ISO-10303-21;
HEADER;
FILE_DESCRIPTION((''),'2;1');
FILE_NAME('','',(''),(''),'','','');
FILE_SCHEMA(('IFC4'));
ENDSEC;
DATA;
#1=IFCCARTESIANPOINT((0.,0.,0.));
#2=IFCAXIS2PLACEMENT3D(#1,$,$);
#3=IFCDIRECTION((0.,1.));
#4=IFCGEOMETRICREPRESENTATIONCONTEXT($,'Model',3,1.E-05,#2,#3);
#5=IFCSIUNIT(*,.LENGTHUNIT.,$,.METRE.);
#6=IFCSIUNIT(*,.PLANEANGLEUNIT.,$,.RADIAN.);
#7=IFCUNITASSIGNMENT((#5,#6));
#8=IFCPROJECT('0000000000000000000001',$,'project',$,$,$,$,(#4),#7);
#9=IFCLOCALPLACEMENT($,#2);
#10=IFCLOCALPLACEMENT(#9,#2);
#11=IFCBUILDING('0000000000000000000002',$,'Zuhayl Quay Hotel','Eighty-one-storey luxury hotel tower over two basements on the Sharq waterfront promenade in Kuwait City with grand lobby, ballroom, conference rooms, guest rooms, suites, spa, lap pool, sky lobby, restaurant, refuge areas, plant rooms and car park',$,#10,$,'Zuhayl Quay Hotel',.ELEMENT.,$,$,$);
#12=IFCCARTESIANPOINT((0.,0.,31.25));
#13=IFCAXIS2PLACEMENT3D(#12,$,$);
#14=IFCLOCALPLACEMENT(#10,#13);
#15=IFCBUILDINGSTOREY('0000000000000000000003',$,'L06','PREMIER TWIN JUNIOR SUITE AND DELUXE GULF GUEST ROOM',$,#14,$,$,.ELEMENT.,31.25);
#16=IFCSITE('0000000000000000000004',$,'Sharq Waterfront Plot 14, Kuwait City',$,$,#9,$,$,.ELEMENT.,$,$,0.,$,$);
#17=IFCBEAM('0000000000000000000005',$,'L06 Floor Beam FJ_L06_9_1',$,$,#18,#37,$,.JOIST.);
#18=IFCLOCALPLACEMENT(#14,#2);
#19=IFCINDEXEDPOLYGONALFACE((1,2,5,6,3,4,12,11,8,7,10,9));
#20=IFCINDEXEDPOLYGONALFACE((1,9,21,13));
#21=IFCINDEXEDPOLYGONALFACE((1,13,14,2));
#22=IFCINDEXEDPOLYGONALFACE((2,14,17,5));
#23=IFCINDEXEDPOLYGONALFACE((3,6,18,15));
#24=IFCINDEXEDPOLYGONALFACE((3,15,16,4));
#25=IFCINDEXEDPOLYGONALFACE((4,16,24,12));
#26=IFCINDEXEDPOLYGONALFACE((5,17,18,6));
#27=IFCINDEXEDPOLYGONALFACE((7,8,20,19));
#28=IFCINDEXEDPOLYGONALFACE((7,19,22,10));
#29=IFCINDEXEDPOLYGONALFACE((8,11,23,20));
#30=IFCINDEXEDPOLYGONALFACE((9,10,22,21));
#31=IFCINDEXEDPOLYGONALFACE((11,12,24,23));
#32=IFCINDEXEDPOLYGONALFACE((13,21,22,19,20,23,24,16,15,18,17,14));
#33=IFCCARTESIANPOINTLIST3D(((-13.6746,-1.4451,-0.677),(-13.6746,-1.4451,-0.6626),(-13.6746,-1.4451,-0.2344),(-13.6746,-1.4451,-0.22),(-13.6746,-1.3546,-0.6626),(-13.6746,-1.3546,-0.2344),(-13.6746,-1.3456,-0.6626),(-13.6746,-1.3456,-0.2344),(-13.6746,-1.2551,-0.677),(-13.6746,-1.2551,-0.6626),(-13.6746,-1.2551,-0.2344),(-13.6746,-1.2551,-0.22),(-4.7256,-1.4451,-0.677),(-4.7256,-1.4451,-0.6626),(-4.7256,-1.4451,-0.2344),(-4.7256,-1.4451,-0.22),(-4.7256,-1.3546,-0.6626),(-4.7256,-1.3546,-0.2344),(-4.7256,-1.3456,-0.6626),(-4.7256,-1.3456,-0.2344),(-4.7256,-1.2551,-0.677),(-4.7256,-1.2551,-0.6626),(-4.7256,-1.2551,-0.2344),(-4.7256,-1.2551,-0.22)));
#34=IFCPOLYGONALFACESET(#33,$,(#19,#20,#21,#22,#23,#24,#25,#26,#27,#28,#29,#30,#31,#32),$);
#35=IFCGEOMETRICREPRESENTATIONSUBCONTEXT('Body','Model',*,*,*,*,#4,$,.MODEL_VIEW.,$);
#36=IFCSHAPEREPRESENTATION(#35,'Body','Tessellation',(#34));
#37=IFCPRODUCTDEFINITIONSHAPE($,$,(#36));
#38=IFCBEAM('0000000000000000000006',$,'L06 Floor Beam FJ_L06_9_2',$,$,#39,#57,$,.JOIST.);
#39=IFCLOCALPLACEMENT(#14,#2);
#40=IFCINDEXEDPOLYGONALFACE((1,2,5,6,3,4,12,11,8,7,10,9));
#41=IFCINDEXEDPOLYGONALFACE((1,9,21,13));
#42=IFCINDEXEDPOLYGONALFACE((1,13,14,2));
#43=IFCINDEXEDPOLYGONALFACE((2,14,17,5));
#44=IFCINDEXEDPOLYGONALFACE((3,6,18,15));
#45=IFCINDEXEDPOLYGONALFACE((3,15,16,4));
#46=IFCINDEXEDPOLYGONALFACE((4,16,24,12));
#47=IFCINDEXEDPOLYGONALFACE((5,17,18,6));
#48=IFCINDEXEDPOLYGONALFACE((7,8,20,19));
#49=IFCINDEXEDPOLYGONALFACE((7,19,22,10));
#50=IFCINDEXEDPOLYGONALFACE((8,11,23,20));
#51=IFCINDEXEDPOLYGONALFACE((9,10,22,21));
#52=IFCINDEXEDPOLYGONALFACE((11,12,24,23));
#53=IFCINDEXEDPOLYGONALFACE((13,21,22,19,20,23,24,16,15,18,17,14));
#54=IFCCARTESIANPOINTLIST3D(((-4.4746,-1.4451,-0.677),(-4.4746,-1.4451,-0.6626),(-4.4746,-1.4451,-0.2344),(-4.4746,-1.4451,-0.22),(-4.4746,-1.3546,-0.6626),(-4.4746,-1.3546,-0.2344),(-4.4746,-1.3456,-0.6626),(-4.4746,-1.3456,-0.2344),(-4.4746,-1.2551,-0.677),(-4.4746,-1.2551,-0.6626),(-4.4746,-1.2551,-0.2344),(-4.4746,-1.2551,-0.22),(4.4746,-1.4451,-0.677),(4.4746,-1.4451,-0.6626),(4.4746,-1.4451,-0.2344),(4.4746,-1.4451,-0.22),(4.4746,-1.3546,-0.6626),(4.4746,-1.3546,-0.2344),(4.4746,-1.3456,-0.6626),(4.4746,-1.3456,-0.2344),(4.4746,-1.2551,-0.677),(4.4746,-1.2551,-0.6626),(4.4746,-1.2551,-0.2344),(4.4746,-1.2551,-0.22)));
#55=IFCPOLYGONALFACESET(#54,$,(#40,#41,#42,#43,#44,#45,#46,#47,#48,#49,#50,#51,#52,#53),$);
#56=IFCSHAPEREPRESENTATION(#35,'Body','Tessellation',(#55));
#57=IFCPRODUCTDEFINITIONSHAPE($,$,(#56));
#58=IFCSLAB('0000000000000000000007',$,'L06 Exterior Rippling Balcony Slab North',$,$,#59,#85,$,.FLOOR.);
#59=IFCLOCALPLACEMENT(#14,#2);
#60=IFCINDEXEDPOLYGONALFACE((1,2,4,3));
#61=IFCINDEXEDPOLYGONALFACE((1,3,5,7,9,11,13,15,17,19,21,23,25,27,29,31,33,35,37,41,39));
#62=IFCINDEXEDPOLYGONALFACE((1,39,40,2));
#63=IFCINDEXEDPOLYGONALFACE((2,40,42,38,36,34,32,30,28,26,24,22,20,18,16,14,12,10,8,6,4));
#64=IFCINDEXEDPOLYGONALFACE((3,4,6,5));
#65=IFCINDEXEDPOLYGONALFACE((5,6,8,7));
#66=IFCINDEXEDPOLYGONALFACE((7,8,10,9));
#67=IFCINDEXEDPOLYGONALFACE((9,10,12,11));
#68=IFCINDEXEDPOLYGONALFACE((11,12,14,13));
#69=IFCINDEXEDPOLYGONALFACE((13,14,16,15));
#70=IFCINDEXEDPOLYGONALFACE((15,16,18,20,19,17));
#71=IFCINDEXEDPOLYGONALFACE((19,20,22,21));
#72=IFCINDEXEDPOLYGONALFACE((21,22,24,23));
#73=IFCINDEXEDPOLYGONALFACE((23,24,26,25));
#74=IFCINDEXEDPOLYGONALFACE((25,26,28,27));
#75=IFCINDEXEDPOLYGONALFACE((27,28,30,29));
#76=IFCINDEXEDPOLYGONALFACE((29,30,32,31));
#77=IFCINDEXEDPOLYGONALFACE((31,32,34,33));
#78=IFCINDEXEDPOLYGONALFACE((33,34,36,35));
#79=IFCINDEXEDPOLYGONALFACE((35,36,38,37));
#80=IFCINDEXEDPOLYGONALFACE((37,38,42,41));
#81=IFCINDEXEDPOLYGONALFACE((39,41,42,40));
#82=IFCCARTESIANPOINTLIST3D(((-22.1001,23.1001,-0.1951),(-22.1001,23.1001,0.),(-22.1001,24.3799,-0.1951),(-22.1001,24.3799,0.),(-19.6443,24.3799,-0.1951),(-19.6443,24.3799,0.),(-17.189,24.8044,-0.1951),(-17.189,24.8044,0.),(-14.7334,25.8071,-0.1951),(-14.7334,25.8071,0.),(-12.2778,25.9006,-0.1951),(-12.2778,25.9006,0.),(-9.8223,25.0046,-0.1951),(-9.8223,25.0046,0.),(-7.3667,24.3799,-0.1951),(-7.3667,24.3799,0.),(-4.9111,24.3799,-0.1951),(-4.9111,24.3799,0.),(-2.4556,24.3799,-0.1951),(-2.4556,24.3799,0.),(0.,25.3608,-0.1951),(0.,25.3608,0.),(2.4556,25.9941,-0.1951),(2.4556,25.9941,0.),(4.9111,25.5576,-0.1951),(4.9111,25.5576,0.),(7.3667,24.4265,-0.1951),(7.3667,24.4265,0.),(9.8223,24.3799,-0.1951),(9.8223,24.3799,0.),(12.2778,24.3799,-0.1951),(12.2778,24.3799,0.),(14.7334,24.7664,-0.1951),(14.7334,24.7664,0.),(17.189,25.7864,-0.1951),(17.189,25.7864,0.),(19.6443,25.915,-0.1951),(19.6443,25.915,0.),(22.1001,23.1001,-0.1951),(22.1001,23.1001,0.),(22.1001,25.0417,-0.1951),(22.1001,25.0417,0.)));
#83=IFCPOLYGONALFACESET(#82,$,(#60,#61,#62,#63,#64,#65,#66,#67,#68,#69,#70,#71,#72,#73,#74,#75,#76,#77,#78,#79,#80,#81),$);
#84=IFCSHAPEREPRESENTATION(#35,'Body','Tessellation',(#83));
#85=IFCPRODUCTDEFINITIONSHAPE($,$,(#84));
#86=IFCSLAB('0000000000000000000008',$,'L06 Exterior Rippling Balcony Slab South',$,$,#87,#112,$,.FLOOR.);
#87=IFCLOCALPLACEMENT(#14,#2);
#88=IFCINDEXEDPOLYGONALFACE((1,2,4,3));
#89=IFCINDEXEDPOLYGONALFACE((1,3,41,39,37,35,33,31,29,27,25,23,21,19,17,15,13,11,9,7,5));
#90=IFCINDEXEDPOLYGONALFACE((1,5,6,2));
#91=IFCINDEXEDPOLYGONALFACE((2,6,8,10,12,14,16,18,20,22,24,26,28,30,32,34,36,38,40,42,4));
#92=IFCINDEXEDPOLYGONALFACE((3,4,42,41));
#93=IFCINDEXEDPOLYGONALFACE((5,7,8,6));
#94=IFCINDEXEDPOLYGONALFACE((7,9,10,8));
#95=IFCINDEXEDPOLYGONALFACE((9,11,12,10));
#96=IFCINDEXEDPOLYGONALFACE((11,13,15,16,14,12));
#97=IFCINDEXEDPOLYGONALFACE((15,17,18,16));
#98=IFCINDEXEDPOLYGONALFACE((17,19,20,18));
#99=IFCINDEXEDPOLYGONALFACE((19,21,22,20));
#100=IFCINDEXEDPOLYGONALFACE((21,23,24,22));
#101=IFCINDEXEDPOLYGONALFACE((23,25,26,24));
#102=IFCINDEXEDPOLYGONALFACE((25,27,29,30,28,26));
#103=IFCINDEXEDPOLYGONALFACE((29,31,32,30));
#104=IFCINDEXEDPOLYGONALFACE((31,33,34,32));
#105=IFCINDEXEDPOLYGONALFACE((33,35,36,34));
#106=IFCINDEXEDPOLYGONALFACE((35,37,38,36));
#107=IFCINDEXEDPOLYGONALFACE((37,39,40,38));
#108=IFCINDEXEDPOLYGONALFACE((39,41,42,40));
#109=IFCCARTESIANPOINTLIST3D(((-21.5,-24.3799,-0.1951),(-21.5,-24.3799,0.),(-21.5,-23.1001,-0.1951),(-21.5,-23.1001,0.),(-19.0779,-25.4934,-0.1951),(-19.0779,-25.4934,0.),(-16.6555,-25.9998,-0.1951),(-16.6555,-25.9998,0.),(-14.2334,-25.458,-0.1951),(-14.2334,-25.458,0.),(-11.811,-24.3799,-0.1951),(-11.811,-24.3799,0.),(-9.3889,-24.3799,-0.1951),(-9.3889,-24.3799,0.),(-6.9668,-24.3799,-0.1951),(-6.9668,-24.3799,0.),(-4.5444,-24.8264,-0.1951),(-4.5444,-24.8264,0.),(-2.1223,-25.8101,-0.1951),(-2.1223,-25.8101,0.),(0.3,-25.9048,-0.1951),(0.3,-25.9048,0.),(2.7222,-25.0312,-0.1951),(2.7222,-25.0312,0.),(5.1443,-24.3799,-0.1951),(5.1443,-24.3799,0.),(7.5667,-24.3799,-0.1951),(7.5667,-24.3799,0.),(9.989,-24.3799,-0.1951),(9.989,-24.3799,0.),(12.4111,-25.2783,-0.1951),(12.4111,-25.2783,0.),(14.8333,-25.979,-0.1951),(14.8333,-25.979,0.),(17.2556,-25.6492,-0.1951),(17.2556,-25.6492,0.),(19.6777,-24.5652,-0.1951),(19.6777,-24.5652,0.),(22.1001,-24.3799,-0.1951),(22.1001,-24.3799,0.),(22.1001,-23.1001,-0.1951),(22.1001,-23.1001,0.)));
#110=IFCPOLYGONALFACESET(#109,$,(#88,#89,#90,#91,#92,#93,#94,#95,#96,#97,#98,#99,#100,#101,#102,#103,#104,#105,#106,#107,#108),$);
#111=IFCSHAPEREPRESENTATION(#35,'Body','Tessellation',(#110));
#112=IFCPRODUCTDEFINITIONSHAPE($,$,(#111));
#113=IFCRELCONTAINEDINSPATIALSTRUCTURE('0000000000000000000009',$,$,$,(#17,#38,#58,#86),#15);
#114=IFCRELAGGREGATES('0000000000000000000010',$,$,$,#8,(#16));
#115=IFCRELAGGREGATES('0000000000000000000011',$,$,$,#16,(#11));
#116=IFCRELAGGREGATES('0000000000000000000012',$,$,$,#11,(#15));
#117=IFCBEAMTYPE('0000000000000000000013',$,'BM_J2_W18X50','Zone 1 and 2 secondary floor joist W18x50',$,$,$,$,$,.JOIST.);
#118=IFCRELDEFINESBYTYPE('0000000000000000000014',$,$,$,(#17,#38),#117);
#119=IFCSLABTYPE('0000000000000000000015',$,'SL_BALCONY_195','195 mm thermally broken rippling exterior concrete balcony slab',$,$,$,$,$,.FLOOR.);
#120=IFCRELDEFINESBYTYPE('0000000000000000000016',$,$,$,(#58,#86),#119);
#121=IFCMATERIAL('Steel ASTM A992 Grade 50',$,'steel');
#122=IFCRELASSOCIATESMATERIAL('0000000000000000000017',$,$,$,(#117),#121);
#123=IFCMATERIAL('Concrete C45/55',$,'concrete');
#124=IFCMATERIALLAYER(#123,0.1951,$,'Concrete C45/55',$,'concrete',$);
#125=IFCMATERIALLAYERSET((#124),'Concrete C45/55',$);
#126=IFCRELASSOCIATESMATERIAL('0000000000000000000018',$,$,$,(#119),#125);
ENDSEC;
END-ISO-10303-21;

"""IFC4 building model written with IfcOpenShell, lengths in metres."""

from ifc_helpers import new_model, si_unit, direction, frame, origin, origin_2d, place, context, subcontext, project, spatial, polyline, i_section, outline, extrude, material, layer, layer_set, material_profile, profile_set, type_object, element, save


model = new_model("IFC4")

# Units and contexts
model_context = context("Model", 3, precision=1e-05, world=origin(), true_north=direction((0.0, 1.0)))
body_context = subcontext(model_context, "Body", "Model", "MODEL_VIEW")
ifc_project = project(units=[si_unit("LENGTHUNIT", "METRE"), si_unit("PLANEANGLEUNIT", "RADIAN")], contexts=[model_context])

# Site, building, storey
site_placement = place(None, origin())
site = spatial("IfcSite", under=ifc_project, at=site_placement, Name="Sharq Waterfront Plot 14, Kuwait City", CompositionType="ELEMENT", RefElevation=0.0)
building_placement = place(site_placement, origin())
building = spatial("IfcBuilding", under=site, at=building_placement, Name="Zuhayl Quay Hotel", Description="Eighty-one-storey luxury hotel tower over two basements on the Sharq waterfront promenade in Kuwait City with grand lobby, ballroom, conference rooms, guest rooms, suites, spa, lap pool, sky lobby, restaurant, refuge areas, plant rooms and car park", LongName="Zuhayl Quay Hotel", CompositionType="ELEMENT")
storey_placement = place(building_placement, frame((0.0, 0.0, 31.25)))
storey = spatial("IfcBuildingStorey", under=building, at=storey_placement, Name="L06", Description="PREMIER TWIN JUNIOR SUITE AND DELUXE GULF GUEST ROOM", CompositionType="ELEMENT", Elevation=31.25)

# Beams
ifc_material_1 = material(Name="Steel ASTM A992 Grade 50", Category="steel")
ifc_material_profile = material_profile(ifc_material_1, i_section(OverallWidth=0.1899, OverallDepth=0.457, WebThickness=0.009, FlangeThickness=0.0144, at=origin_2d()), Name="W18X50")
ifc_profile_set = profile_set([ifc_material_profile], Name="Steel ASTM A992 Grade 50")
beam_type = type_object("IfcBeamType", Name="BM_J2_W18X50", Description="Zone 1 and 2 secondary floor joist W18x50", PredefinedType="JOIST", material=ifc_profile_set)
beam_1_placement = place(storey_placement, frame((-13.6746, -1.3501, -0.4485), z_axis=(1.0, 0.0, 0.0), x_axis=(0.0, 1.0, 0.0)))
element("IfcBeam", 1, at=beam_1_placement, inside=storey, type_object=beam_type, Name="L06 Floor Beam FJ_L06_9_1", PredefinedType="JOIST", context=body_context, shape_type="SweptSolid", body=[
    extrude(i_section(OverallWidth=0.1899, OverallDepth=0.457, WebThickness=0.009, FlangeThickness=0.0144, at=origin_2d()), origin(), (0.0, 0.0, 1.0), 8.949),
])
beam_2_placement = place(storey_placement, frame((-4.4746, -1.3501, -0.4485), z_axis=(1.0, 0.0, 0.0), x_axis=(0.0, 1.0, 0.0)))
element("IfcBeam", 2, at=beam_2_placement, inside=storey, type_object=beam_type, Name="L06 Floor Beam FJ_L06_9_2", PredefinedType="JOIST", context=body_context, shape_type="SweptSolid", body=[
    extrude(i_section(OverallWidth=0.1899, OverallDepth=0.457, WebThickness=0.009, FlangeThickness=0.0144, at=origin_2d()), origin(), (0.0, 0.0, 1.0), 8.9492),
])

# Slabs
ifc_material_2 = material(Name="Concrete C45/55", Category="concrete")
ifc_layer_1 = layer(ifc_material_2, 0.1951, Name="Concrete C45/55", Category="concrete")
ifc_layer_set_1 = layer_set([ifc_layer_1], Name="Concrete C45/55")
slab_type_1 = type_object("IfcSlabType", Name="SL_BALCONY_195", Description="195 mm thermally broken rippling exterior concrete balcony slab", PredefinedType="FLOOR", material=ifc_layer_set_1)
slab_1_placement = place(storey_placement, frame((0.0, 0.0, -0.1951)))
element("IfcSlab", 3, at=slab_1_placement, inside=storey, type_object=slab_type_1, Name="L06 Exterior Rippling Balcony Slab North", PredefinedType="FLOOR", context=body_context, shape_type="SweptSolid", body=[
    extrude(outline(polyline([(-22.1001, 23.1001), (22.1001, 23.1001), (22.1001, 25.0417), (19.6443, 25.915), (17.189, 25.7864), (14.7334, 24.7664), (12.2778, 24.3799), (9.8223, 24.3799), (7.3667, 24.4265), (4.9111, 25.5576), (2.4556, 25.9941), (0.0, 25.3608), (-2.4556, 24.3799), (-4.9111, 24.3799), (-7.3667, 24.3799), (-9.8223, 25.0046), (-12.2778, 25.9006), (-14.7334, 25.8071), (-17.189, 24.8044), (-19.6443, 24.3799), (-22.1001, 24.3799), (-22.1001, 23.1001)])), origin(), (0.0, 0.0, 1.0), 0.1951),
])
slab_2_placement = place(storey_placement, frame((0.0, 0.0, -0.1951)))
element("IfcSlab", 4, at=slab_2_placement, inside=storey, type_object=slab_type_1, Name="L06 Exterior Rippling Balcony Slab South", PredefinedType="FLOOR", context=body_context, shape_type="SweptSolid", body=[
    extrude(outline(polyline([(-21.5, -24.3799), (-19.0779, -25.4934), (-16.6555, -25.9998), (-14.2334, -25.458), (-11.811, -24.3799), (-9.3889, -24.3799), (-6.9668, -24.3799), (-4.5444, -24.8264), (-2.1223, -25.8101), (0.3, -25.9048), (2.7222, -25.0312), (5.1443, -24.3799), (7.5667, -24.3799), (9.989, -24.3799), (12.4111, -25.2783), (14.8333, -25.979), (17.2556, -25.6492), (19.6777, -24.5652), (22.1001, -24.3799), (22.1001, -23.1001), (-21.5, -23.1001), (-21.5, -24.3799)])), origin(), (0.0, 0.0, 1.0), 0.1951),
])

save(model, "model.ifc")
